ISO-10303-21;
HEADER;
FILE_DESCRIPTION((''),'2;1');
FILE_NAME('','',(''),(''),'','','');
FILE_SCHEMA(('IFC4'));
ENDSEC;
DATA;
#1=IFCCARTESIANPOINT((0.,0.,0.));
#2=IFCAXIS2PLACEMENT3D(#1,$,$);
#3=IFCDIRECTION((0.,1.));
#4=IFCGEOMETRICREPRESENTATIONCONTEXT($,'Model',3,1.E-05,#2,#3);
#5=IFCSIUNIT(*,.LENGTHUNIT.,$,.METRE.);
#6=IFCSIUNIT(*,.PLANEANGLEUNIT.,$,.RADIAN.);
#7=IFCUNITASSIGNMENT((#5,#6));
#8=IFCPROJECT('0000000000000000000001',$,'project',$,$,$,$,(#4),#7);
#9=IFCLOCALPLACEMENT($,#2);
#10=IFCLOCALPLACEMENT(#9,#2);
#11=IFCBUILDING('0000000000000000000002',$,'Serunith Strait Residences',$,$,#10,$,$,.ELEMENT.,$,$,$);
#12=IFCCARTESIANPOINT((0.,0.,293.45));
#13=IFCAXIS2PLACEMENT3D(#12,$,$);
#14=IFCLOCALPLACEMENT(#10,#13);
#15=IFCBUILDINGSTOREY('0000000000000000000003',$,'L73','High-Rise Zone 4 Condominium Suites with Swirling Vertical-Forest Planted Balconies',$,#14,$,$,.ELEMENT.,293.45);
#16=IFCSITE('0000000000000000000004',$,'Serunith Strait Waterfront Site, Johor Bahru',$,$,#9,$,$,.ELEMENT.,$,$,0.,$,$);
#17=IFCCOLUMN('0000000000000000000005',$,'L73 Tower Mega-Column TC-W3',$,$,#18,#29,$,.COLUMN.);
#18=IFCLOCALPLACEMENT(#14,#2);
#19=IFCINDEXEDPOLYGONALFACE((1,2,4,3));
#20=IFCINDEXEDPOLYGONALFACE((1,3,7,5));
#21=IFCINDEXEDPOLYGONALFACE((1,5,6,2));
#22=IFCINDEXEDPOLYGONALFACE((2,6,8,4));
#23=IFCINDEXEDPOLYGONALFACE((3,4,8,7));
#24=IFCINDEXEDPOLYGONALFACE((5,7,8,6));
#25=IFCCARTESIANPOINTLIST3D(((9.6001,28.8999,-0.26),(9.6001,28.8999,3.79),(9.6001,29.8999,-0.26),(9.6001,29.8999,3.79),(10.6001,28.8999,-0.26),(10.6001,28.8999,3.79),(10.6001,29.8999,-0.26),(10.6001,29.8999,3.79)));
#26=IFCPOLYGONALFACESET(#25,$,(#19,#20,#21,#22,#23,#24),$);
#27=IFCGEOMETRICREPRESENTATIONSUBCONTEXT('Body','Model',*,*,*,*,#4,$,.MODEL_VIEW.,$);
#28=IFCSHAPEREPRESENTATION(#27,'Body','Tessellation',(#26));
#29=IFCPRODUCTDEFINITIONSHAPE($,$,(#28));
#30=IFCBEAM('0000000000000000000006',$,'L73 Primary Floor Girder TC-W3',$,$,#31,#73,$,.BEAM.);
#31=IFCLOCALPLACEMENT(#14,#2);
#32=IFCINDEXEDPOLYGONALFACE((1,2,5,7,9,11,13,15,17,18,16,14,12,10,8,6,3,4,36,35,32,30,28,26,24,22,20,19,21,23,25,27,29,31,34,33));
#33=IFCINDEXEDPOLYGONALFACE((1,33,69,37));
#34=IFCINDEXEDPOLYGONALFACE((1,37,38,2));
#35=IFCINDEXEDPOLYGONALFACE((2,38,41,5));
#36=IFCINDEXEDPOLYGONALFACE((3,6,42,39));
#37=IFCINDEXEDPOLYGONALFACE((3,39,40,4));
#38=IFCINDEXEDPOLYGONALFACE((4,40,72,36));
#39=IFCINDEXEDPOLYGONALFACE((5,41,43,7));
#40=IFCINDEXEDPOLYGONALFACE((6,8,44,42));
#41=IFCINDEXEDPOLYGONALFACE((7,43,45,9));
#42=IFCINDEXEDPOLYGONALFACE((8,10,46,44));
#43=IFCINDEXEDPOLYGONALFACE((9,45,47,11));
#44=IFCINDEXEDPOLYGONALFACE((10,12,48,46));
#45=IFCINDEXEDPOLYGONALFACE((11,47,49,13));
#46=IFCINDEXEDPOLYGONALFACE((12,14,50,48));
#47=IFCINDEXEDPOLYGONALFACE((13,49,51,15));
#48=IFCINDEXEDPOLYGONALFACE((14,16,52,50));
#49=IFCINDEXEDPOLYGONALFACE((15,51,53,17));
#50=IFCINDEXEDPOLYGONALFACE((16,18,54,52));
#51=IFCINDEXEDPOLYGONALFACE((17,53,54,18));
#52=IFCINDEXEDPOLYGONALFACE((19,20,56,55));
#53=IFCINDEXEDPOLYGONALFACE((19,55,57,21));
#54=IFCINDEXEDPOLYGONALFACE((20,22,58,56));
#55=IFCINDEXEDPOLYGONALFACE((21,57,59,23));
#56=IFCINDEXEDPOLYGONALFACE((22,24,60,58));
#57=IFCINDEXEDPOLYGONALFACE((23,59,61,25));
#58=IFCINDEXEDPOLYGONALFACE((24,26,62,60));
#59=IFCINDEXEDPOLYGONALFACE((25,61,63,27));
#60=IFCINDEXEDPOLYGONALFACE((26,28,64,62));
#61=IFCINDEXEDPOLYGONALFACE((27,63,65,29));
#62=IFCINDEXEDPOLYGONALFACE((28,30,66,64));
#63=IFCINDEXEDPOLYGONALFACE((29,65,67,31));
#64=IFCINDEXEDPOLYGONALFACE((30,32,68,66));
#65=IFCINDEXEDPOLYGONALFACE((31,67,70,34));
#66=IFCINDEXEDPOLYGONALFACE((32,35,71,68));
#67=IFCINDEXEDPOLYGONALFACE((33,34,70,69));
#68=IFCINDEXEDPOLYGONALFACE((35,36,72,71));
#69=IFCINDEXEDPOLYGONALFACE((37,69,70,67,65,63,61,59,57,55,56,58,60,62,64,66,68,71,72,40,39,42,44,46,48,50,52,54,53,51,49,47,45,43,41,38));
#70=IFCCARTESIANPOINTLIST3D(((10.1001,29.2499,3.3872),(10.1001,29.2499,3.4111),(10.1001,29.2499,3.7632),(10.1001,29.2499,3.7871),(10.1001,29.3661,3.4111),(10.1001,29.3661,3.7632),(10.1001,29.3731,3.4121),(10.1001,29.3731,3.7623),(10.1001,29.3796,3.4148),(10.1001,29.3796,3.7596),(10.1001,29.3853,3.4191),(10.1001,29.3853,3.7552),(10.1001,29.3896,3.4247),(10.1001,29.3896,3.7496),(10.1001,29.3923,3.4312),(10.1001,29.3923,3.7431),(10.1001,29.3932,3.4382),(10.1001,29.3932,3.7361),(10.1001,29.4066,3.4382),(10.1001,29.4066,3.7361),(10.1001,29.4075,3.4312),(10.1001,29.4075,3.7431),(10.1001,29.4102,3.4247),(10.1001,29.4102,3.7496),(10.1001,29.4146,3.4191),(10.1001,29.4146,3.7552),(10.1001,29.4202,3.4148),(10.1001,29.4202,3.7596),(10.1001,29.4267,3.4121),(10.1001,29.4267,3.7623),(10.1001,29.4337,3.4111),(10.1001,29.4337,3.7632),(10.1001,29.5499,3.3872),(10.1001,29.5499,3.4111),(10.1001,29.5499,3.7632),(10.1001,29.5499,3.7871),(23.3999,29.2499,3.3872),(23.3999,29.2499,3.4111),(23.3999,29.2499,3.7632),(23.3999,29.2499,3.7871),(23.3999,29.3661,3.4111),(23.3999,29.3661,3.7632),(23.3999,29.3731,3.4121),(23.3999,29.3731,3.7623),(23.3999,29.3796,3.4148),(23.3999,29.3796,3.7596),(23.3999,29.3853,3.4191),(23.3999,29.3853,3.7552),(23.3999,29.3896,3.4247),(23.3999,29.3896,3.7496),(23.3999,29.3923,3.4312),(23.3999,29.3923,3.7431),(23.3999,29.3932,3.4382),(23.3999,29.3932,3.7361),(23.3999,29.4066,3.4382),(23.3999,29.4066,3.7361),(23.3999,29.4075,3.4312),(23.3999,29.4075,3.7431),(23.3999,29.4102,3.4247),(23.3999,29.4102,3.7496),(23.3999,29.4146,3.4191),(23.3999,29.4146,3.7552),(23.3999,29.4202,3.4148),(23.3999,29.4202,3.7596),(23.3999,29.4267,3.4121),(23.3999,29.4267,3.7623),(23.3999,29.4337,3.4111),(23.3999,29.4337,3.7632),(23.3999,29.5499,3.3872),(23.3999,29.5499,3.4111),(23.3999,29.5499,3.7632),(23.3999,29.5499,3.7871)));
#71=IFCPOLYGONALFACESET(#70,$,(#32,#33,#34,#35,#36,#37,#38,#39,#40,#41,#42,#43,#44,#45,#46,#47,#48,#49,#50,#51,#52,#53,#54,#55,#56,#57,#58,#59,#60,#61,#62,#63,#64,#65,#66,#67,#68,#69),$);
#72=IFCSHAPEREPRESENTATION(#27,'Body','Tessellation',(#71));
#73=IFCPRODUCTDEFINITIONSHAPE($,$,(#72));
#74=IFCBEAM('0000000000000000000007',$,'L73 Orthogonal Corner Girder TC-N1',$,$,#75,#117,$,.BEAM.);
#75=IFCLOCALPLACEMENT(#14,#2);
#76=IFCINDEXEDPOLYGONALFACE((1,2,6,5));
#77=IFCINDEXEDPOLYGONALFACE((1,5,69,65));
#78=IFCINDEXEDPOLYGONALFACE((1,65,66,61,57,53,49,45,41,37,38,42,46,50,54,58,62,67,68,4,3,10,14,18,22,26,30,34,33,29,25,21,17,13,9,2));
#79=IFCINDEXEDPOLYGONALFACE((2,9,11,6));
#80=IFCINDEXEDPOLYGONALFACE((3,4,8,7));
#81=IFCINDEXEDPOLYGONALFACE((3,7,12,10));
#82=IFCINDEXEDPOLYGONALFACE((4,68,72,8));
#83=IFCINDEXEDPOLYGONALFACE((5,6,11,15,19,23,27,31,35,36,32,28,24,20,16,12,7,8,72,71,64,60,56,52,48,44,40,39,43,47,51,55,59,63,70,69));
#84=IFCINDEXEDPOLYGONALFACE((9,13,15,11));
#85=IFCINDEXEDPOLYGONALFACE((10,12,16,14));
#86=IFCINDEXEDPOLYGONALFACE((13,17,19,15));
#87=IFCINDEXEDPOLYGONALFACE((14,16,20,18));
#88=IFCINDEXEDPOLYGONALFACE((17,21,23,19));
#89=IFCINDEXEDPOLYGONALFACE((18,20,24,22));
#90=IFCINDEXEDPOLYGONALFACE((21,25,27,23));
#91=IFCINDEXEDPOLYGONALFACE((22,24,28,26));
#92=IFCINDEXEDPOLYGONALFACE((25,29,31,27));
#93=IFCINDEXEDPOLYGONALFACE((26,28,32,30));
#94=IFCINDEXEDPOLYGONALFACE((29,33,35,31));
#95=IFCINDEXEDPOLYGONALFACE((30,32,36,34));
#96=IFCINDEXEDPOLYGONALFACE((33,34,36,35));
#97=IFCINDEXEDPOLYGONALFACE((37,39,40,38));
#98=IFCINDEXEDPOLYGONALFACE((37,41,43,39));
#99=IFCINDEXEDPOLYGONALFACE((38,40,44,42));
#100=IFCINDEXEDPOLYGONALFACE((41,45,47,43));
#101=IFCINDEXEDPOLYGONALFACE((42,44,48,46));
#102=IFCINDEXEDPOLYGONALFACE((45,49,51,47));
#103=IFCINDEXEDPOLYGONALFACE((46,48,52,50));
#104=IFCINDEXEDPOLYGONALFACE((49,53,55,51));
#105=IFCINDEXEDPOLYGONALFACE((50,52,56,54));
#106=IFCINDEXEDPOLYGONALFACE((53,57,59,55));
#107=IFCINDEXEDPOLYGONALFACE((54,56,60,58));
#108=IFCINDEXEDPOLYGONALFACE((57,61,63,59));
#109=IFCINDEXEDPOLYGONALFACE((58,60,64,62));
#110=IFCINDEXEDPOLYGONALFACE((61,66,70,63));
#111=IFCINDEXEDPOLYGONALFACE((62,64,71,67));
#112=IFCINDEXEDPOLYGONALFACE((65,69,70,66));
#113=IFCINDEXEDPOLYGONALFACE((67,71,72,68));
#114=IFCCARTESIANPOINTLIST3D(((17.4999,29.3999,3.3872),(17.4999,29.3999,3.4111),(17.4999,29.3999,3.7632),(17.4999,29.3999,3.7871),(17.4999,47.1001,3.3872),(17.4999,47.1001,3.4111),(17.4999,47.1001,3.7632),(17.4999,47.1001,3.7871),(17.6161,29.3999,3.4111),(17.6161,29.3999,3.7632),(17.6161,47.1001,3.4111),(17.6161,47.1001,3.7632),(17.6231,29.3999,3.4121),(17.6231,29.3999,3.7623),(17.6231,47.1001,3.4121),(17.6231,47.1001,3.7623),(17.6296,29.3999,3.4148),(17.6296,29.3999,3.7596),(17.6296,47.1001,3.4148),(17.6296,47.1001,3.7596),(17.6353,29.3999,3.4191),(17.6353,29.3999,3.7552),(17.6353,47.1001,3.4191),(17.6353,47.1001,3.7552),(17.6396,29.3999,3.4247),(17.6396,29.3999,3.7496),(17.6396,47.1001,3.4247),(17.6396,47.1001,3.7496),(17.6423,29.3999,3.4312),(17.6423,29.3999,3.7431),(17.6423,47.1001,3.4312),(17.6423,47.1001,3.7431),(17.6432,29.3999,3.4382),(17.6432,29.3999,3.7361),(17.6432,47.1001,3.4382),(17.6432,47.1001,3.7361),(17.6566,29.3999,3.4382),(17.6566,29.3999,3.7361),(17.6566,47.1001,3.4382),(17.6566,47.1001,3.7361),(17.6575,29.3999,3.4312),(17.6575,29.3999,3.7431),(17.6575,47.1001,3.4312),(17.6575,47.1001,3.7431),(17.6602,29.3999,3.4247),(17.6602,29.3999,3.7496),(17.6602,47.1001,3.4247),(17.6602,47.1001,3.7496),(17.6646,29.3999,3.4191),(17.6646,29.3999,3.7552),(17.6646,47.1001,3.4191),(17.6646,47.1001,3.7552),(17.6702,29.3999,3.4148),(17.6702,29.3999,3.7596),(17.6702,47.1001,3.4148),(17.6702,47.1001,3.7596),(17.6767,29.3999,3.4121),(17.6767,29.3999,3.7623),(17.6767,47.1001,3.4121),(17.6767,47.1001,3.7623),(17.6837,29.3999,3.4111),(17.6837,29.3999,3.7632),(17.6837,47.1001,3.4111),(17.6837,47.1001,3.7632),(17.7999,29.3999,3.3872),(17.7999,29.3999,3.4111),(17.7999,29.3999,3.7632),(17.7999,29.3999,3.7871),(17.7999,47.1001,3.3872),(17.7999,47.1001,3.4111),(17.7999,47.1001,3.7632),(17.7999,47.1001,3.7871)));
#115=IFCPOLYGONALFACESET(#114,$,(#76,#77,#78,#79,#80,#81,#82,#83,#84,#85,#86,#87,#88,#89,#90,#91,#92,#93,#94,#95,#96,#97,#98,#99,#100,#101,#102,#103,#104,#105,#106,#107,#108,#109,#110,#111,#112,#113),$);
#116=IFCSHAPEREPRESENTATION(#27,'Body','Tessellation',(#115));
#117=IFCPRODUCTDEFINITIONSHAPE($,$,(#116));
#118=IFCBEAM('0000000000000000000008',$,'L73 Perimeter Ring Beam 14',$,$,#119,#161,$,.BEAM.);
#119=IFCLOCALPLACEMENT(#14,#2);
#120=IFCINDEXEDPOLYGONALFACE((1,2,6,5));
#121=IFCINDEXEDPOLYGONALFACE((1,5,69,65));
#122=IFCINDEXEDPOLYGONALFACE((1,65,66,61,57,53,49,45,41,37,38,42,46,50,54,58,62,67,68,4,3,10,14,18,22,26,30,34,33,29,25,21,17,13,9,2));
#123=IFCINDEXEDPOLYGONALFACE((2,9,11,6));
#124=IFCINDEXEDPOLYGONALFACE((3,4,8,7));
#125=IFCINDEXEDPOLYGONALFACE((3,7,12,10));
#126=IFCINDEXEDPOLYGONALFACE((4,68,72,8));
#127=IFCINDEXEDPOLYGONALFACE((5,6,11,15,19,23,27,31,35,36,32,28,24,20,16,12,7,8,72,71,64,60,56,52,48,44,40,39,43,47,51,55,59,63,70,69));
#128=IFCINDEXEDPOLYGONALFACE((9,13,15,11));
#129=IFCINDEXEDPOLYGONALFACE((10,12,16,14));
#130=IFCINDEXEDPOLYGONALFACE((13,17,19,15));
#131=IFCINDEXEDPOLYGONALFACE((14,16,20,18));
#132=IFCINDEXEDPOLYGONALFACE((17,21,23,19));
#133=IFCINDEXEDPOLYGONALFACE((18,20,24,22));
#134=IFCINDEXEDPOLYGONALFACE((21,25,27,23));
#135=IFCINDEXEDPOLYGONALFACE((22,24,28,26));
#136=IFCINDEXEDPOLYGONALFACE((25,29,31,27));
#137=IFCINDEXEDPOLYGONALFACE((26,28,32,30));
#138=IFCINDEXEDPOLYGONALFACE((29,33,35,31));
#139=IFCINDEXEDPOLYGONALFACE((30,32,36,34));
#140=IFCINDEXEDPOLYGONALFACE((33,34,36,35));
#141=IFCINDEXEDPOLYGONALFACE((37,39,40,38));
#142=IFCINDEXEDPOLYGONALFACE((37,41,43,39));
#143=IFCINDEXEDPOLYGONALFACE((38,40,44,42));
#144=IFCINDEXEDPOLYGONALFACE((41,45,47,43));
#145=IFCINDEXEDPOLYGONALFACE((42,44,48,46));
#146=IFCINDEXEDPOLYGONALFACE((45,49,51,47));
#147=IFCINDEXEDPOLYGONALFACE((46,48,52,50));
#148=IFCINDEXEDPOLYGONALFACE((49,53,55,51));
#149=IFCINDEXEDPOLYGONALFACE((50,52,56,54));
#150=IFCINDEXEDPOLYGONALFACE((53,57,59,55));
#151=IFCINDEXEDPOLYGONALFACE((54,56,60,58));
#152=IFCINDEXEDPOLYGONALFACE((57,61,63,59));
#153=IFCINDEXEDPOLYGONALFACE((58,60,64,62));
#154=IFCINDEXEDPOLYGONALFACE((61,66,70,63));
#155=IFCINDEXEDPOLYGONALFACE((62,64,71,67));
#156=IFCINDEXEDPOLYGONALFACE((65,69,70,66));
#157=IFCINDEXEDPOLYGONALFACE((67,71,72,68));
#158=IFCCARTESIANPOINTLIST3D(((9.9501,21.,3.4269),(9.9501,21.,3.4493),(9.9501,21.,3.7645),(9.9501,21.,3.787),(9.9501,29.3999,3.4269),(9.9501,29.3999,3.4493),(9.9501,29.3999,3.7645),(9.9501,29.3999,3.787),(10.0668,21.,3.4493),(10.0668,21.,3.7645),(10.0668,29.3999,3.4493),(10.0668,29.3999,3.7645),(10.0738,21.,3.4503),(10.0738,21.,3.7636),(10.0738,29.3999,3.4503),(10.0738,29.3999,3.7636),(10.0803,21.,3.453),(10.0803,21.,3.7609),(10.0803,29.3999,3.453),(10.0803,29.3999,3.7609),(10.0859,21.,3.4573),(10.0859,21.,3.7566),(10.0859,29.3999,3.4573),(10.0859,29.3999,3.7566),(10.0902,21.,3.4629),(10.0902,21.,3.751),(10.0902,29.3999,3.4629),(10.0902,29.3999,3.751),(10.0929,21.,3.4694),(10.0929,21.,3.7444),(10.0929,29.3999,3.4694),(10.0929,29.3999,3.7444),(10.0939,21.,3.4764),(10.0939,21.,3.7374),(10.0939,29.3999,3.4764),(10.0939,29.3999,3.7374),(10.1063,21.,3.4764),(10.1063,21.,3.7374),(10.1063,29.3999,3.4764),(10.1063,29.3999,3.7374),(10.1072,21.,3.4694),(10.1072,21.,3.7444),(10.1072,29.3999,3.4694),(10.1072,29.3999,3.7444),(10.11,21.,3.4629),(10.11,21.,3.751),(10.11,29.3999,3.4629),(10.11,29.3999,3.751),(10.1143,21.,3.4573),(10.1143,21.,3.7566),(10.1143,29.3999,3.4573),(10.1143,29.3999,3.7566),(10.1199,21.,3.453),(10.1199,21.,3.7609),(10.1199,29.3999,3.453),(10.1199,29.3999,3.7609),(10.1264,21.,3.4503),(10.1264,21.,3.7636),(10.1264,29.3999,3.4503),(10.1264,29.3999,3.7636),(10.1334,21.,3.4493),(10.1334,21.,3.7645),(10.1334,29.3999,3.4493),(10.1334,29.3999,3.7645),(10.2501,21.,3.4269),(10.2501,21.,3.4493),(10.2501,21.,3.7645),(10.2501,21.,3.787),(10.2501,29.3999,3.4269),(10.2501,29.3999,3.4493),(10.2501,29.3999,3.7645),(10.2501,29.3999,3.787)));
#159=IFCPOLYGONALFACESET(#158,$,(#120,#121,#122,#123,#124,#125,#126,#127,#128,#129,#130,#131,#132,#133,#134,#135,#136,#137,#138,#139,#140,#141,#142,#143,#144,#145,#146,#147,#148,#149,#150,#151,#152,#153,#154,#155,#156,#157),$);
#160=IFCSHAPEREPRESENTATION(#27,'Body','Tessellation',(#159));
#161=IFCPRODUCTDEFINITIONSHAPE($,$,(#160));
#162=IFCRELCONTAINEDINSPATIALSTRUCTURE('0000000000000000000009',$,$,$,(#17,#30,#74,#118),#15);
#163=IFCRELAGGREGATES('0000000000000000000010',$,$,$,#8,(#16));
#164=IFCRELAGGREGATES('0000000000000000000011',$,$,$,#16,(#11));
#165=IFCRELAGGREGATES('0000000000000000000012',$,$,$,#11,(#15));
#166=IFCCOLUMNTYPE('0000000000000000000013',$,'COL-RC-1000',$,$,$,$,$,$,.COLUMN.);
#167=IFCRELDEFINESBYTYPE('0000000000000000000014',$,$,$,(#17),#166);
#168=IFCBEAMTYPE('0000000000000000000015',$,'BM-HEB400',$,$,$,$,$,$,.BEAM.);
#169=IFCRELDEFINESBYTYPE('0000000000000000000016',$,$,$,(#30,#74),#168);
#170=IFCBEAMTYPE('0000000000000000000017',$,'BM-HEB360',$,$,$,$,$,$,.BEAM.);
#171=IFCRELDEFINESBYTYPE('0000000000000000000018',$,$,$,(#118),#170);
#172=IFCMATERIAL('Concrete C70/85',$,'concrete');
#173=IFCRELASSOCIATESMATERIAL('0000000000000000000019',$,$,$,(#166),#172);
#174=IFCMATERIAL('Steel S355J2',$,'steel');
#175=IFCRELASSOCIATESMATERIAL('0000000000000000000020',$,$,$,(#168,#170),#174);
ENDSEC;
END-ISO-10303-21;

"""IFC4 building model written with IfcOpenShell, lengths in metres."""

from ifc_helpers import new_model, si_unit, direction, frame, origin, origin_2d, place, context, subcontext, project, spatial, rectangle, i_section, extrude, source, transform, mapped, material, material_profile, profile_set, type_object, element, save


model = new_model("IFC4")

# Units and contexts
model_context = context("Model", 3, precision=1e-05, world=origin(), true_north=direction((0.0, 1.0)))
body_context = subcontext(model_context, "Body", "Model", "MODEL_VIEW")
ifc_project = project(units=[si_unit("LENGTHUNIT", "METRE"), si_unit("PLANEANGLEUNIT", "RADIAN")], contexts=[model_context])

# Site, building, storey
site_placement = place(None, origin())
site = spatial("IfcSite", under=ifc_project, at=site_placement, Name="Serunith Strait Waterfront Site, Johor Bahru", CompositionType="ELEMENT", RefElevation=0.0)
building_placement = place(site_placement, origin())
building = spatial("IfcBuilding", under=site, at=building_placement, Name="Serunith Strait Residences", CompositionType="ELEMENT")
storey_placement = place(building_placement, frame((0.0, 0.0, 293.45)))
storey = spatial("IfcBuildingStorey", under=building, at=storey_placement, Name="L73", Description="High-Rise Zone 4 Condominium Suites with Swirling Vertical-Forest Planted Balconies", CompositionType="ELEMENT", Elevation=293.45)

# Column
ifc_material_1 = material(Name="Concrete C70/85", Category="concrete")
ifc_material_profile_1 = material_profile(ifc_material_1, rectangle(XDim=1.0, YDim=1.0, at=origin_2d()), Name="RC 1000x1000")
ifc_profile_set_1 = profile_set([ifc_material_profile_1], Name="Concrete C70/85")
column_type = type_object("IfcColumnType", Name="COL-RC-1000", PredefinedType="COLUMN", material=ifc_profile_set_1)
shared_shape_1 = source(origin(), body_context, "Body", "SweptSolid", [
    extrude(rectangle(XDim=1.0, YDim=1.0, at=origin_2d()), origin(), (0.0, 0.0, 1.0), 4.05),
])
column_placement = place(storey_placement, frame((10.1001, 29.3999, -0.26), z_axis=(0.0, 0.0, 1.0), x_axis=(1.0, 0.0, 0.0)))
element("IfcColumn", 1, at=column_placement, inside=storey, type_object=column_type, Name="L73 Tower Mega-Column TC-W3", PredefinedType="COLUMN", context=body_context, shape_type="MappedRepresentation", body=[
    mapped(shared_shape_1, transform((0.0, 0.0, 0.0), scale=1.0)),
])

# Beams
ifc_material_2 = material(Name="Steel S355J2", Category="steel")
ifc_material_profile_2 = material_profile(ifc_material_2, i_section(OverallWidth=0.3, OverallDepth=0.3999, WebThickness=0.0134, FlangeThickness=0.0239, FilletRadius=0.0271, at=origin_2d()), Name="HEB 400")
ifc_profile_set_2 = profile_set([ifc_material_profile_2], Name="Steel S355J2")
beam_type_1 = type_object("IfcBeamType", Name="BM-HEB400", PredefinedType="BEAM", material=ifc_profile_set_2)
shared_shape_2 = source(origin(), body_context, "Body", "SweptSolid", [
    extrude(i_section(OverallWidth=0.3, OverallDepth=0.3999, WebThickness=0.0134, FlangeThickness=0.0239, FilletRadius=0.0271, at=origin_2d()), origin(), (0.0, 0.0, 1.0), 13.2998),
])
beam_1_placement = place(storey_placement, frame((23.3999, 29.3999, 3.5872), z_axis=(-1.0, 0.0, 0.0), x_axis=(0.0, -1.0, 0.0)))
element("IfcBeam", 2, at=beam_1_placement, inside=storey, type_object=beam_type_1, Name="L73 Primary Floor Girder TC-W3", PredefinedType="BEAM", context=body_context, shape_type="MappedRepresentation", body=[
    mapped(shared_shape_2, transform((0.0, 0.0, 0.0), scale=1.0)),
])
shared_shape_3 = source(origin(), body_context, "Body", "SweptSolid", [
    extrude(i_section(OverallWidth=0.3, OverallDepth=0.3999, WebThickness=0.0134, FlangeThickness=0.0239, FilletRadius=0.0271, at=origin_2d()), origin(), (0.0, 0.0, 1.0), 17.7002),
])
beam_2_placement = place(storey_placement, frame((17.6499, 29.3999, 3.5872), z_axis=(0.0, 1.0, 0.0), x_axis=(-1.0, 0.0, 0.0)))
element("IfcBeam", 3, at=beam_2_placement, inside=storey, type_object=beam_type_1, Name="L73 Orthogonal Corner Girder TC-N1", PredefinedType="BEAM", context=body_context, shape_type="MappedRepresentation", body=[
    mapped(shared_shape_3, transform((0.0, 0.0, 0.0), scale=1.0)),
])
ifc_material_profile_3 = material_profile(ifc_material_2, i_section(OverallWidth=0.3, OverallDepth=0.3601, WebThickness=0.0125, FlangeThickness=0.0225, FilletRadius=0.0271, at=origin_2d()), Name="HEB 360")
ifc_profile_set_3 = profile_set([ifc_material_profile_3], Name="Steel S355J2")
beam_type_2 = type_object("IfcBeamType", Name="BM-HEB360", PredefinedType="BEAM", material=ifc_profile_set_3)
shared_shape_4 = source(origin(), body_context, "Body", "SweptSolid", [
    extrude(i_section(OverallWidth=0.3, OverallDepth=0.3601, WebThickness=0.0125, FlangeThickness=0.0225, FilletRadius=0.0271, at=origin_2d()), origin(), (0.0, 0.0, 1.0), 8.3999),
])
beam_3_placement = place(storey_placement, frame((10.1001, 29.3999, 3.6069), z_axis=(0.0, -1.0, 0.0), x_axis=(1.0, 0.0, 0.0)))
element("IfcBeam", 4, at=beam_3_placement, inside=storey, type_object=beam_type_2, Name="L73 Perimeter Ring Beam 14", PredefinedType="BEAM", context=body_context, shape_type="MappedRepresentation", body=[
    mapped(shared_shape_4, transform((0.0, 0.0, 0.0), scale=1.0)),
])

save(model, "model.ifc")
